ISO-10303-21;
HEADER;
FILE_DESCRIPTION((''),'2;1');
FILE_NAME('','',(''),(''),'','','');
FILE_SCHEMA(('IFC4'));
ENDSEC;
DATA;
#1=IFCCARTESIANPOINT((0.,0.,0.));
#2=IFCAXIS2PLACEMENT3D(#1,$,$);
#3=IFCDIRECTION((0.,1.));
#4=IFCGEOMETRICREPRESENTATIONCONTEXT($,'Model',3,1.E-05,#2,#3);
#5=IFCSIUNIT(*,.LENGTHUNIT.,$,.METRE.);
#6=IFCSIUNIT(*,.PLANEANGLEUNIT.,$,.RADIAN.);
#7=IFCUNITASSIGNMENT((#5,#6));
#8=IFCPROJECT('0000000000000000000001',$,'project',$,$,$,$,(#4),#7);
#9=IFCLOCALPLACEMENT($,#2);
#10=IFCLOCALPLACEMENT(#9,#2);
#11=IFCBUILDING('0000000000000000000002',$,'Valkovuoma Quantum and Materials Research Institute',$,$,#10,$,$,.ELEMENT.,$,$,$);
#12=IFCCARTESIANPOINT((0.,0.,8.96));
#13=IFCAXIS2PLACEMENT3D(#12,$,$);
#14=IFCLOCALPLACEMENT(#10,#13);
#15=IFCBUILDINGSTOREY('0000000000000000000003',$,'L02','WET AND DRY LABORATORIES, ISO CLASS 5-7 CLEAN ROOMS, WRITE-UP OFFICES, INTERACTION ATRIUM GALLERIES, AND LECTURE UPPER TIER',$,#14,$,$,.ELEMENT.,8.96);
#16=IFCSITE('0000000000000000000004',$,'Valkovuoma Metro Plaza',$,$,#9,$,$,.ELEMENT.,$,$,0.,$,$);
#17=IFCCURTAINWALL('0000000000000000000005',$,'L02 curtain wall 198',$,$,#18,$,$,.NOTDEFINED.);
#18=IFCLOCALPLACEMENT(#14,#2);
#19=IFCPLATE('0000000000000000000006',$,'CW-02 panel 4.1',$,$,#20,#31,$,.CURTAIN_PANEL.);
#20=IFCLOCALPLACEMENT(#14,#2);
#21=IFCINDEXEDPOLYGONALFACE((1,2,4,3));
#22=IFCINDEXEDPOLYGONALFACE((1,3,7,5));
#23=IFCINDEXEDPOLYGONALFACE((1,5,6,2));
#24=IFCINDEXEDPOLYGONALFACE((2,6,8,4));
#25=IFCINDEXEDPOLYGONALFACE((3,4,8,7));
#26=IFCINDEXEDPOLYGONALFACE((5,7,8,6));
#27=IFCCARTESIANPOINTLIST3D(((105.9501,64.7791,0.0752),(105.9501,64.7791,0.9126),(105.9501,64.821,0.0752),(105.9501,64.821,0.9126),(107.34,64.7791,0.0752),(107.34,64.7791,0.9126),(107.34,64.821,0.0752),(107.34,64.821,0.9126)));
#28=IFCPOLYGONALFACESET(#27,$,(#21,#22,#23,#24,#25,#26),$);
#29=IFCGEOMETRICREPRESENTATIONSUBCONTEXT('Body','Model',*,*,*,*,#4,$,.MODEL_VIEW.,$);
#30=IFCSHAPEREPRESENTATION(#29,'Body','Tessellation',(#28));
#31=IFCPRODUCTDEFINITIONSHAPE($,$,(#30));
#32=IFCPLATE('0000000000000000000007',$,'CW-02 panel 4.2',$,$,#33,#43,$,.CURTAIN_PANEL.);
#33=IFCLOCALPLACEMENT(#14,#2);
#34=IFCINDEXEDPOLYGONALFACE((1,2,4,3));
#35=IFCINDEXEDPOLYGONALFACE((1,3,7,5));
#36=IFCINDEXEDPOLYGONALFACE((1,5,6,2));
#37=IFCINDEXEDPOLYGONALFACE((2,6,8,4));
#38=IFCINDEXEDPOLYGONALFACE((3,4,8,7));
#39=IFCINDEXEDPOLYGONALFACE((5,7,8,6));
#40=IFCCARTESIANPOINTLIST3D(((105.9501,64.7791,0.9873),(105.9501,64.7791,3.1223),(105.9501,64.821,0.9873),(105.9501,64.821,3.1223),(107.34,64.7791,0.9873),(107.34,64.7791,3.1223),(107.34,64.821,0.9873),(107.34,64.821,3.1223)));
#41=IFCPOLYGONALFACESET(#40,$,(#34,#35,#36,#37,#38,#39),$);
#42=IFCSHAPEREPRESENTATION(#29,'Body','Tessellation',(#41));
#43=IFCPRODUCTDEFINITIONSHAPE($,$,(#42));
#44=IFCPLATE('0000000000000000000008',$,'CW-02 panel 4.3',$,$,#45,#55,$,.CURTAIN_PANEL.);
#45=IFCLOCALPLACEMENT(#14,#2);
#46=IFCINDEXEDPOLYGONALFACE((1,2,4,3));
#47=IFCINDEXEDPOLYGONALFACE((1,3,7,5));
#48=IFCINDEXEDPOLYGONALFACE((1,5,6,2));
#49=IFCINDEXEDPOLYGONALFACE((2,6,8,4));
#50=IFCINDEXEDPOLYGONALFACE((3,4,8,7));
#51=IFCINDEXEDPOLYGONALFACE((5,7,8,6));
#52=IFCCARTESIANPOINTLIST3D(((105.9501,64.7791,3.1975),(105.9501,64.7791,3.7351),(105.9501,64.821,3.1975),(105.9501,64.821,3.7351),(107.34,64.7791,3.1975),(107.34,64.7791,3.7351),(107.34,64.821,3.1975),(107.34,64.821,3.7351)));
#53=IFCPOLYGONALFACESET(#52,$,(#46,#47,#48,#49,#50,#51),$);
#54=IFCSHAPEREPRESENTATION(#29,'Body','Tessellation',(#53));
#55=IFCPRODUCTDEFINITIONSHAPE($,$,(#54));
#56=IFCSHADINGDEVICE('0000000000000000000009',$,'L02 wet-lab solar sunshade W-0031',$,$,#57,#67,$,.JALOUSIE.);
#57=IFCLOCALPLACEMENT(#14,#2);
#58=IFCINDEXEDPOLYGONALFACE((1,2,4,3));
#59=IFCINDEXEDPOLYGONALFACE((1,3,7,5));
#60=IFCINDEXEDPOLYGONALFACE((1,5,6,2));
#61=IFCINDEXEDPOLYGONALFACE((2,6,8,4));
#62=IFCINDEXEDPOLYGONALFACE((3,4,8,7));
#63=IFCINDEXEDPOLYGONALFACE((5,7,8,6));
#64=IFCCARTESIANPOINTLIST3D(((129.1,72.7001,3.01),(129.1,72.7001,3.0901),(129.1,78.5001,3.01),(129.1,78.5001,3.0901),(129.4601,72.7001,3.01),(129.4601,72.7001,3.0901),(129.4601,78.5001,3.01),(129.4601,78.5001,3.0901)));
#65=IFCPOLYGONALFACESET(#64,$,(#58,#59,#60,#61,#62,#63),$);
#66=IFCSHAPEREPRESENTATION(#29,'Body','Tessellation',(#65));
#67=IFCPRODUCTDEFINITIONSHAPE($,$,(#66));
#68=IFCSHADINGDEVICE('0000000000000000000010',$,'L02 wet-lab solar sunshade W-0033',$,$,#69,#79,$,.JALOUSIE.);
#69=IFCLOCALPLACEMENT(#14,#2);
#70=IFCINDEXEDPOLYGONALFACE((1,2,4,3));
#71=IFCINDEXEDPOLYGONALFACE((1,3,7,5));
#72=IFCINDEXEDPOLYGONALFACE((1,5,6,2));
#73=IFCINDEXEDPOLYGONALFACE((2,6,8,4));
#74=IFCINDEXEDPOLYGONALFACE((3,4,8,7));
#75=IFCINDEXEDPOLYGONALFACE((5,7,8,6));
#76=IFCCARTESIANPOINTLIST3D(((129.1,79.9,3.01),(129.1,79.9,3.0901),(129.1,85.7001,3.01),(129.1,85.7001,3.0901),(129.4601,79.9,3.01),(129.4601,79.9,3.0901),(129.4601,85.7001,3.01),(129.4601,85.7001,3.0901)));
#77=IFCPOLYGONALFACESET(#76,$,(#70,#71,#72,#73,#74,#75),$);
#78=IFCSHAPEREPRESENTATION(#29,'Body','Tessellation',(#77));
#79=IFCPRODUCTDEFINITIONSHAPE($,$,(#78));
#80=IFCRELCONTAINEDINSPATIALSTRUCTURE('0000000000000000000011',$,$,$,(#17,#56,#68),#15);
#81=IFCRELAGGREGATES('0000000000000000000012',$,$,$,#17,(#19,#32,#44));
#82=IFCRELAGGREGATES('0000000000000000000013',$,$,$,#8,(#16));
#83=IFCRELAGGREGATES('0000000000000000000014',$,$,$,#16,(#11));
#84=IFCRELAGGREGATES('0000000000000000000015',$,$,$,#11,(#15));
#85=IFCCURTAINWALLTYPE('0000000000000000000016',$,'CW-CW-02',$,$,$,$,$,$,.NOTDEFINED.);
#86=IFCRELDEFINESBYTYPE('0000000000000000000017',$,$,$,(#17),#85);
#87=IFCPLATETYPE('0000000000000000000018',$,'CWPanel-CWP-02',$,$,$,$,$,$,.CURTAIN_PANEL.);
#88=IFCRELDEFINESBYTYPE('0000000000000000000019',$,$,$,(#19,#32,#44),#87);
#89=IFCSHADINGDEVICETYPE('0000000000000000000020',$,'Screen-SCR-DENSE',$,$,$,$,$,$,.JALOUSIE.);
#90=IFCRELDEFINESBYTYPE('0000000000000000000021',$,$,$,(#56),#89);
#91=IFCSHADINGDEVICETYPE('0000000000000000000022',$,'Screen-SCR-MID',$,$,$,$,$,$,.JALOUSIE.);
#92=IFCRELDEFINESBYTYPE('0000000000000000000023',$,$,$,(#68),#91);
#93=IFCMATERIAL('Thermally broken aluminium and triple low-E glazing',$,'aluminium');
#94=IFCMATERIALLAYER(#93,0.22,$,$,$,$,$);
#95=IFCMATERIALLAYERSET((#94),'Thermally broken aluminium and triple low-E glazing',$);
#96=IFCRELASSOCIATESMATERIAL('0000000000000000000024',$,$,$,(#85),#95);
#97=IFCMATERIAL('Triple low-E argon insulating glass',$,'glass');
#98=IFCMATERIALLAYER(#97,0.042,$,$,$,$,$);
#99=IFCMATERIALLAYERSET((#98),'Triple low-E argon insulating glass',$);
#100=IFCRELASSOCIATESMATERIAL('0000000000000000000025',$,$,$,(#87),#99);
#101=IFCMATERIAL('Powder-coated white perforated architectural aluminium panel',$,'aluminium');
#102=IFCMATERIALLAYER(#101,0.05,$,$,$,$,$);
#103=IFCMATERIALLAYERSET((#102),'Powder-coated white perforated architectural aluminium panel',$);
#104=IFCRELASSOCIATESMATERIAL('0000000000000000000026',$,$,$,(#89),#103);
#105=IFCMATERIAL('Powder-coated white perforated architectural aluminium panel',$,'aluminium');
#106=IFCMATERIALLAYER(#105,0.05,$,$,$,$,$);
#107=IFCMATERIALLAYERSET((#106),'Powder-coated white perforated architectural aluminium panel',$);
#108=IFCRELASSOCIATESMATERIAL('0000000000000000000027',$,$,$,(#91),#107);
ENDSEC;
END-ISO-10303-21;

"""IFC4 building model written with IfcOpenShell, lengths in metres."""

from ifc_helpers import new_model, si_unit, direction, frame, origin, origin_2d, place, context, subcontext, project, spatial, rectangle, extrude, material, layer, layer_set, type_object, element, aggregate, save


model = new_model("IFC4")

# Units and contexts
model_context = context("Model", 3, precision=1e-05, world=origin(), true_north=direction((0.0, 1.0)))
body_context = subcontext(model_context, "Body", "Model", "MODEL_VIEW")
ifc_project = project(units=[si_unit("LENGTHUNIT", "METRE"), si_unit("PLANEANGLEUNIT", "RADIAN")], contexts=[model_context])

# Site, building, storey
site_placement = place(None, origin())
site = spatial("IfcSite", under=ifc_project, at=site_placement, Name="Valkovuoma Metro Plaza", CompositionType="ELEMENT", RefElevation=0.0)
building_placement = place(site_placement, origin())
building = spatial("IfcBuilding", under=site, at=building_placement, Name="Valkovuoma Quantum and Materials Research Institute", CompositionType="ELEMENT")
storey_placement = place(building_placement, frame((0.0, 0.0, 8.96)))
storey = spatial("IfcBuildingStorey", under=building, at=storey_placement, Name="L02", Description="WET AND DRY LABORATORIES, ISO CLASS 5-7 CLEAN ROOMS, WRITE-UP OFFICES, INTERACTION ATRIUM GALLERIES, AND LECTURE UPPER TIER", CompositionType="ELEMENT", Elevation=8.96)

# Curtain wall, plates
ifc_material_1 = material(Name="Thermally broken aluminium and triple low-E glazing", Category="aluminium")
ifc_layer_1 = layer(ifc_material_1, 0.22)
ifc_layer_set_1 = layer_set([ifc_layer_1], Name="Thermally broken aluminium and triple low-E glazing")
curtain_wall_type = type_object("IfcCurtainWallType", Name="CW-CW-02", PredefinedType="NOTDEFINED", material=ifc_layer_set_1)
curtain_wall_placement = place(storey_placement, origin())
curtain_wall = element("IfcCurtainWall", 1, at=curtain_wall_placement, inside=storey, type_object=curtain_wall_type, Name="L02 curtain wall 198", PredefinedType="NOTDEFINED")
ifc_material_2 = material(Name="Triple low-E argon insulating glass", Category="glass")
ifc_layer_2 = layer(ifc_material_2, 0.042)
ifc_layer_set_2 = layer_set([ifc_layer_2], Name="Triple low-E argon insulating glass")
plate_type = type_object("IfcPlateType", Name="CWPanel-CWP-02", PredefinedType="CURTAIN_PANEL", material=ifc_layer_set_2)
plate_1_placement = place(storey_placement, frame((106.645, 64.8, 0.0752), z_axis=(0.0, 0.0, 1.0), x_axis=(1.0, 0.0, 0.0)))
plate_1 = element("IfcPlate", 2, at=plate_1_placement, type_object=plate_type, Name="CW-02 panel 4.1", PredefinedType="CURTAIN_PANEL", context=body_context, shape_type="SweptSolid", body=[
    extrude(rectangle(XDim=1.3899, YDim=0.042, at=origin_2d()), origin(), (0.0, 0.0, 1.0), 0.8374),
])
plate_2_placement = place(storey_placement, frame((106.645, 64.8, 0.9873), z_axis=(0.0, 0.0, 1.0), x_axis=(1.0, 0.0, 0.0)))
plate_2 = element("IfcPlate", 3, at=plate_2_placement, type_object=plate_type, Name="CW-02 panel 4.2", PredefinedType="CURTAIN_PANEL", context=body_context, shape_type="SweptSolid", body=[
    extrude(rectangle(XDim=1.3899, YDim=0.042, at=origin_2d()), origin(), (0.0, 0.0, 1.0), 2.135),
])
plate_3_placement = place(storey_placement, frame((106.645, 64.8, 3.1975), z_axis=(0.0, 0.0, 1.0), x_axis=(1.0, 0.0, 0.0)))
plate_3 = element("IfcPlate", 4, at=plate_3_placement, type_object=plate_type, Name="CW-02 panel 4.3", PredefinedType="CURTAIN_PANEL", context=body_context, shape_type="SweptSolid", body=[
    extrude(rectangle(XDim=1.3899, YDim=0.042, at=origin_2d()), origin(), (0.0, 0.0, 1.0), 0.5376),
])
aggregate(curtain_wall, [plate_1, plate_2, plate_3])

# Shading devices
ifc_material_3 = material(Name="Powder-coated white perforated architectural aluminium panel", Category="aluminium")
ifc_layer_3 = layer(ifc_material_3, 0.05)
ifc_layer_set_3 = layer_set([ifc_layer_3], Name="Powder-coated white perforated architectural aluminium panel")
shading_device_type_1 = type_object("IfcShadingDeviceType", Name="Screen-SCR-DENSE", PredefinedType="JALOUSIE", material=ifc_layer_set_3)
shading_device_1_placement = place(storey_placement, frame((129.28, 75.6001, 3.01), z_axis=(0.0, 0.0, 1.0), x_axis=(1.0, 0.0, 0.0)))
element("IfcShadingDevice", 5, at=shading_device_1_placement, inside=storey, type_object=shading_device_type_1, Name="L02 wet-lab solar sunshade W-0031", PredefinedType="JALOUSIE", context=body_context, shape_type="SweptSolid", body=[
    extrude(rectangle(XDim=0.3601, YDim=5.8, at=origin_2d()), origin(), (0.0, 0.0, 1.0), 0.0801),
])
ifc_material_4 = material(Name="Powder-coated white perforated architectural aluminium panel", Category="aluminium")
ifc_layer_4 = layer(ifc_material_4, 0.05)
ifc_layer_set_4 = layer_set([ifc_layer_4], Name="Powder-coated white perforated architectural aluminium panel")
shading_device_type_2 = type_object("IfcShadingDeviceType", Name="Screen-SCR-MID", PredefinedType="JALOUSIE", material=ifc_layer_set_4)
shading_device_2_placement = place(storey_placement, frame((129.28, 82.8, 3.01), z_axis=(0.0, 0.0, 1.0), x_axis=(1.0, 0.0, 0.0)))
element("IfcShadingDevice", 6, at=shading_device_2_placement, inside=storey, type_object=shading_device_type_2, Name="L02 wet-lab solar sunshade W-0033", PredefinedType="JALOUSIE", context=body_context, shape_type="SweptSolid", body=[
    extrude(rectangle(XDim=0.3601, YDim=5.8, at=origin_2d()), origin(), (0.0, 0.0, 1.0), 0.0801),
])

save(model, "model.ifc")
